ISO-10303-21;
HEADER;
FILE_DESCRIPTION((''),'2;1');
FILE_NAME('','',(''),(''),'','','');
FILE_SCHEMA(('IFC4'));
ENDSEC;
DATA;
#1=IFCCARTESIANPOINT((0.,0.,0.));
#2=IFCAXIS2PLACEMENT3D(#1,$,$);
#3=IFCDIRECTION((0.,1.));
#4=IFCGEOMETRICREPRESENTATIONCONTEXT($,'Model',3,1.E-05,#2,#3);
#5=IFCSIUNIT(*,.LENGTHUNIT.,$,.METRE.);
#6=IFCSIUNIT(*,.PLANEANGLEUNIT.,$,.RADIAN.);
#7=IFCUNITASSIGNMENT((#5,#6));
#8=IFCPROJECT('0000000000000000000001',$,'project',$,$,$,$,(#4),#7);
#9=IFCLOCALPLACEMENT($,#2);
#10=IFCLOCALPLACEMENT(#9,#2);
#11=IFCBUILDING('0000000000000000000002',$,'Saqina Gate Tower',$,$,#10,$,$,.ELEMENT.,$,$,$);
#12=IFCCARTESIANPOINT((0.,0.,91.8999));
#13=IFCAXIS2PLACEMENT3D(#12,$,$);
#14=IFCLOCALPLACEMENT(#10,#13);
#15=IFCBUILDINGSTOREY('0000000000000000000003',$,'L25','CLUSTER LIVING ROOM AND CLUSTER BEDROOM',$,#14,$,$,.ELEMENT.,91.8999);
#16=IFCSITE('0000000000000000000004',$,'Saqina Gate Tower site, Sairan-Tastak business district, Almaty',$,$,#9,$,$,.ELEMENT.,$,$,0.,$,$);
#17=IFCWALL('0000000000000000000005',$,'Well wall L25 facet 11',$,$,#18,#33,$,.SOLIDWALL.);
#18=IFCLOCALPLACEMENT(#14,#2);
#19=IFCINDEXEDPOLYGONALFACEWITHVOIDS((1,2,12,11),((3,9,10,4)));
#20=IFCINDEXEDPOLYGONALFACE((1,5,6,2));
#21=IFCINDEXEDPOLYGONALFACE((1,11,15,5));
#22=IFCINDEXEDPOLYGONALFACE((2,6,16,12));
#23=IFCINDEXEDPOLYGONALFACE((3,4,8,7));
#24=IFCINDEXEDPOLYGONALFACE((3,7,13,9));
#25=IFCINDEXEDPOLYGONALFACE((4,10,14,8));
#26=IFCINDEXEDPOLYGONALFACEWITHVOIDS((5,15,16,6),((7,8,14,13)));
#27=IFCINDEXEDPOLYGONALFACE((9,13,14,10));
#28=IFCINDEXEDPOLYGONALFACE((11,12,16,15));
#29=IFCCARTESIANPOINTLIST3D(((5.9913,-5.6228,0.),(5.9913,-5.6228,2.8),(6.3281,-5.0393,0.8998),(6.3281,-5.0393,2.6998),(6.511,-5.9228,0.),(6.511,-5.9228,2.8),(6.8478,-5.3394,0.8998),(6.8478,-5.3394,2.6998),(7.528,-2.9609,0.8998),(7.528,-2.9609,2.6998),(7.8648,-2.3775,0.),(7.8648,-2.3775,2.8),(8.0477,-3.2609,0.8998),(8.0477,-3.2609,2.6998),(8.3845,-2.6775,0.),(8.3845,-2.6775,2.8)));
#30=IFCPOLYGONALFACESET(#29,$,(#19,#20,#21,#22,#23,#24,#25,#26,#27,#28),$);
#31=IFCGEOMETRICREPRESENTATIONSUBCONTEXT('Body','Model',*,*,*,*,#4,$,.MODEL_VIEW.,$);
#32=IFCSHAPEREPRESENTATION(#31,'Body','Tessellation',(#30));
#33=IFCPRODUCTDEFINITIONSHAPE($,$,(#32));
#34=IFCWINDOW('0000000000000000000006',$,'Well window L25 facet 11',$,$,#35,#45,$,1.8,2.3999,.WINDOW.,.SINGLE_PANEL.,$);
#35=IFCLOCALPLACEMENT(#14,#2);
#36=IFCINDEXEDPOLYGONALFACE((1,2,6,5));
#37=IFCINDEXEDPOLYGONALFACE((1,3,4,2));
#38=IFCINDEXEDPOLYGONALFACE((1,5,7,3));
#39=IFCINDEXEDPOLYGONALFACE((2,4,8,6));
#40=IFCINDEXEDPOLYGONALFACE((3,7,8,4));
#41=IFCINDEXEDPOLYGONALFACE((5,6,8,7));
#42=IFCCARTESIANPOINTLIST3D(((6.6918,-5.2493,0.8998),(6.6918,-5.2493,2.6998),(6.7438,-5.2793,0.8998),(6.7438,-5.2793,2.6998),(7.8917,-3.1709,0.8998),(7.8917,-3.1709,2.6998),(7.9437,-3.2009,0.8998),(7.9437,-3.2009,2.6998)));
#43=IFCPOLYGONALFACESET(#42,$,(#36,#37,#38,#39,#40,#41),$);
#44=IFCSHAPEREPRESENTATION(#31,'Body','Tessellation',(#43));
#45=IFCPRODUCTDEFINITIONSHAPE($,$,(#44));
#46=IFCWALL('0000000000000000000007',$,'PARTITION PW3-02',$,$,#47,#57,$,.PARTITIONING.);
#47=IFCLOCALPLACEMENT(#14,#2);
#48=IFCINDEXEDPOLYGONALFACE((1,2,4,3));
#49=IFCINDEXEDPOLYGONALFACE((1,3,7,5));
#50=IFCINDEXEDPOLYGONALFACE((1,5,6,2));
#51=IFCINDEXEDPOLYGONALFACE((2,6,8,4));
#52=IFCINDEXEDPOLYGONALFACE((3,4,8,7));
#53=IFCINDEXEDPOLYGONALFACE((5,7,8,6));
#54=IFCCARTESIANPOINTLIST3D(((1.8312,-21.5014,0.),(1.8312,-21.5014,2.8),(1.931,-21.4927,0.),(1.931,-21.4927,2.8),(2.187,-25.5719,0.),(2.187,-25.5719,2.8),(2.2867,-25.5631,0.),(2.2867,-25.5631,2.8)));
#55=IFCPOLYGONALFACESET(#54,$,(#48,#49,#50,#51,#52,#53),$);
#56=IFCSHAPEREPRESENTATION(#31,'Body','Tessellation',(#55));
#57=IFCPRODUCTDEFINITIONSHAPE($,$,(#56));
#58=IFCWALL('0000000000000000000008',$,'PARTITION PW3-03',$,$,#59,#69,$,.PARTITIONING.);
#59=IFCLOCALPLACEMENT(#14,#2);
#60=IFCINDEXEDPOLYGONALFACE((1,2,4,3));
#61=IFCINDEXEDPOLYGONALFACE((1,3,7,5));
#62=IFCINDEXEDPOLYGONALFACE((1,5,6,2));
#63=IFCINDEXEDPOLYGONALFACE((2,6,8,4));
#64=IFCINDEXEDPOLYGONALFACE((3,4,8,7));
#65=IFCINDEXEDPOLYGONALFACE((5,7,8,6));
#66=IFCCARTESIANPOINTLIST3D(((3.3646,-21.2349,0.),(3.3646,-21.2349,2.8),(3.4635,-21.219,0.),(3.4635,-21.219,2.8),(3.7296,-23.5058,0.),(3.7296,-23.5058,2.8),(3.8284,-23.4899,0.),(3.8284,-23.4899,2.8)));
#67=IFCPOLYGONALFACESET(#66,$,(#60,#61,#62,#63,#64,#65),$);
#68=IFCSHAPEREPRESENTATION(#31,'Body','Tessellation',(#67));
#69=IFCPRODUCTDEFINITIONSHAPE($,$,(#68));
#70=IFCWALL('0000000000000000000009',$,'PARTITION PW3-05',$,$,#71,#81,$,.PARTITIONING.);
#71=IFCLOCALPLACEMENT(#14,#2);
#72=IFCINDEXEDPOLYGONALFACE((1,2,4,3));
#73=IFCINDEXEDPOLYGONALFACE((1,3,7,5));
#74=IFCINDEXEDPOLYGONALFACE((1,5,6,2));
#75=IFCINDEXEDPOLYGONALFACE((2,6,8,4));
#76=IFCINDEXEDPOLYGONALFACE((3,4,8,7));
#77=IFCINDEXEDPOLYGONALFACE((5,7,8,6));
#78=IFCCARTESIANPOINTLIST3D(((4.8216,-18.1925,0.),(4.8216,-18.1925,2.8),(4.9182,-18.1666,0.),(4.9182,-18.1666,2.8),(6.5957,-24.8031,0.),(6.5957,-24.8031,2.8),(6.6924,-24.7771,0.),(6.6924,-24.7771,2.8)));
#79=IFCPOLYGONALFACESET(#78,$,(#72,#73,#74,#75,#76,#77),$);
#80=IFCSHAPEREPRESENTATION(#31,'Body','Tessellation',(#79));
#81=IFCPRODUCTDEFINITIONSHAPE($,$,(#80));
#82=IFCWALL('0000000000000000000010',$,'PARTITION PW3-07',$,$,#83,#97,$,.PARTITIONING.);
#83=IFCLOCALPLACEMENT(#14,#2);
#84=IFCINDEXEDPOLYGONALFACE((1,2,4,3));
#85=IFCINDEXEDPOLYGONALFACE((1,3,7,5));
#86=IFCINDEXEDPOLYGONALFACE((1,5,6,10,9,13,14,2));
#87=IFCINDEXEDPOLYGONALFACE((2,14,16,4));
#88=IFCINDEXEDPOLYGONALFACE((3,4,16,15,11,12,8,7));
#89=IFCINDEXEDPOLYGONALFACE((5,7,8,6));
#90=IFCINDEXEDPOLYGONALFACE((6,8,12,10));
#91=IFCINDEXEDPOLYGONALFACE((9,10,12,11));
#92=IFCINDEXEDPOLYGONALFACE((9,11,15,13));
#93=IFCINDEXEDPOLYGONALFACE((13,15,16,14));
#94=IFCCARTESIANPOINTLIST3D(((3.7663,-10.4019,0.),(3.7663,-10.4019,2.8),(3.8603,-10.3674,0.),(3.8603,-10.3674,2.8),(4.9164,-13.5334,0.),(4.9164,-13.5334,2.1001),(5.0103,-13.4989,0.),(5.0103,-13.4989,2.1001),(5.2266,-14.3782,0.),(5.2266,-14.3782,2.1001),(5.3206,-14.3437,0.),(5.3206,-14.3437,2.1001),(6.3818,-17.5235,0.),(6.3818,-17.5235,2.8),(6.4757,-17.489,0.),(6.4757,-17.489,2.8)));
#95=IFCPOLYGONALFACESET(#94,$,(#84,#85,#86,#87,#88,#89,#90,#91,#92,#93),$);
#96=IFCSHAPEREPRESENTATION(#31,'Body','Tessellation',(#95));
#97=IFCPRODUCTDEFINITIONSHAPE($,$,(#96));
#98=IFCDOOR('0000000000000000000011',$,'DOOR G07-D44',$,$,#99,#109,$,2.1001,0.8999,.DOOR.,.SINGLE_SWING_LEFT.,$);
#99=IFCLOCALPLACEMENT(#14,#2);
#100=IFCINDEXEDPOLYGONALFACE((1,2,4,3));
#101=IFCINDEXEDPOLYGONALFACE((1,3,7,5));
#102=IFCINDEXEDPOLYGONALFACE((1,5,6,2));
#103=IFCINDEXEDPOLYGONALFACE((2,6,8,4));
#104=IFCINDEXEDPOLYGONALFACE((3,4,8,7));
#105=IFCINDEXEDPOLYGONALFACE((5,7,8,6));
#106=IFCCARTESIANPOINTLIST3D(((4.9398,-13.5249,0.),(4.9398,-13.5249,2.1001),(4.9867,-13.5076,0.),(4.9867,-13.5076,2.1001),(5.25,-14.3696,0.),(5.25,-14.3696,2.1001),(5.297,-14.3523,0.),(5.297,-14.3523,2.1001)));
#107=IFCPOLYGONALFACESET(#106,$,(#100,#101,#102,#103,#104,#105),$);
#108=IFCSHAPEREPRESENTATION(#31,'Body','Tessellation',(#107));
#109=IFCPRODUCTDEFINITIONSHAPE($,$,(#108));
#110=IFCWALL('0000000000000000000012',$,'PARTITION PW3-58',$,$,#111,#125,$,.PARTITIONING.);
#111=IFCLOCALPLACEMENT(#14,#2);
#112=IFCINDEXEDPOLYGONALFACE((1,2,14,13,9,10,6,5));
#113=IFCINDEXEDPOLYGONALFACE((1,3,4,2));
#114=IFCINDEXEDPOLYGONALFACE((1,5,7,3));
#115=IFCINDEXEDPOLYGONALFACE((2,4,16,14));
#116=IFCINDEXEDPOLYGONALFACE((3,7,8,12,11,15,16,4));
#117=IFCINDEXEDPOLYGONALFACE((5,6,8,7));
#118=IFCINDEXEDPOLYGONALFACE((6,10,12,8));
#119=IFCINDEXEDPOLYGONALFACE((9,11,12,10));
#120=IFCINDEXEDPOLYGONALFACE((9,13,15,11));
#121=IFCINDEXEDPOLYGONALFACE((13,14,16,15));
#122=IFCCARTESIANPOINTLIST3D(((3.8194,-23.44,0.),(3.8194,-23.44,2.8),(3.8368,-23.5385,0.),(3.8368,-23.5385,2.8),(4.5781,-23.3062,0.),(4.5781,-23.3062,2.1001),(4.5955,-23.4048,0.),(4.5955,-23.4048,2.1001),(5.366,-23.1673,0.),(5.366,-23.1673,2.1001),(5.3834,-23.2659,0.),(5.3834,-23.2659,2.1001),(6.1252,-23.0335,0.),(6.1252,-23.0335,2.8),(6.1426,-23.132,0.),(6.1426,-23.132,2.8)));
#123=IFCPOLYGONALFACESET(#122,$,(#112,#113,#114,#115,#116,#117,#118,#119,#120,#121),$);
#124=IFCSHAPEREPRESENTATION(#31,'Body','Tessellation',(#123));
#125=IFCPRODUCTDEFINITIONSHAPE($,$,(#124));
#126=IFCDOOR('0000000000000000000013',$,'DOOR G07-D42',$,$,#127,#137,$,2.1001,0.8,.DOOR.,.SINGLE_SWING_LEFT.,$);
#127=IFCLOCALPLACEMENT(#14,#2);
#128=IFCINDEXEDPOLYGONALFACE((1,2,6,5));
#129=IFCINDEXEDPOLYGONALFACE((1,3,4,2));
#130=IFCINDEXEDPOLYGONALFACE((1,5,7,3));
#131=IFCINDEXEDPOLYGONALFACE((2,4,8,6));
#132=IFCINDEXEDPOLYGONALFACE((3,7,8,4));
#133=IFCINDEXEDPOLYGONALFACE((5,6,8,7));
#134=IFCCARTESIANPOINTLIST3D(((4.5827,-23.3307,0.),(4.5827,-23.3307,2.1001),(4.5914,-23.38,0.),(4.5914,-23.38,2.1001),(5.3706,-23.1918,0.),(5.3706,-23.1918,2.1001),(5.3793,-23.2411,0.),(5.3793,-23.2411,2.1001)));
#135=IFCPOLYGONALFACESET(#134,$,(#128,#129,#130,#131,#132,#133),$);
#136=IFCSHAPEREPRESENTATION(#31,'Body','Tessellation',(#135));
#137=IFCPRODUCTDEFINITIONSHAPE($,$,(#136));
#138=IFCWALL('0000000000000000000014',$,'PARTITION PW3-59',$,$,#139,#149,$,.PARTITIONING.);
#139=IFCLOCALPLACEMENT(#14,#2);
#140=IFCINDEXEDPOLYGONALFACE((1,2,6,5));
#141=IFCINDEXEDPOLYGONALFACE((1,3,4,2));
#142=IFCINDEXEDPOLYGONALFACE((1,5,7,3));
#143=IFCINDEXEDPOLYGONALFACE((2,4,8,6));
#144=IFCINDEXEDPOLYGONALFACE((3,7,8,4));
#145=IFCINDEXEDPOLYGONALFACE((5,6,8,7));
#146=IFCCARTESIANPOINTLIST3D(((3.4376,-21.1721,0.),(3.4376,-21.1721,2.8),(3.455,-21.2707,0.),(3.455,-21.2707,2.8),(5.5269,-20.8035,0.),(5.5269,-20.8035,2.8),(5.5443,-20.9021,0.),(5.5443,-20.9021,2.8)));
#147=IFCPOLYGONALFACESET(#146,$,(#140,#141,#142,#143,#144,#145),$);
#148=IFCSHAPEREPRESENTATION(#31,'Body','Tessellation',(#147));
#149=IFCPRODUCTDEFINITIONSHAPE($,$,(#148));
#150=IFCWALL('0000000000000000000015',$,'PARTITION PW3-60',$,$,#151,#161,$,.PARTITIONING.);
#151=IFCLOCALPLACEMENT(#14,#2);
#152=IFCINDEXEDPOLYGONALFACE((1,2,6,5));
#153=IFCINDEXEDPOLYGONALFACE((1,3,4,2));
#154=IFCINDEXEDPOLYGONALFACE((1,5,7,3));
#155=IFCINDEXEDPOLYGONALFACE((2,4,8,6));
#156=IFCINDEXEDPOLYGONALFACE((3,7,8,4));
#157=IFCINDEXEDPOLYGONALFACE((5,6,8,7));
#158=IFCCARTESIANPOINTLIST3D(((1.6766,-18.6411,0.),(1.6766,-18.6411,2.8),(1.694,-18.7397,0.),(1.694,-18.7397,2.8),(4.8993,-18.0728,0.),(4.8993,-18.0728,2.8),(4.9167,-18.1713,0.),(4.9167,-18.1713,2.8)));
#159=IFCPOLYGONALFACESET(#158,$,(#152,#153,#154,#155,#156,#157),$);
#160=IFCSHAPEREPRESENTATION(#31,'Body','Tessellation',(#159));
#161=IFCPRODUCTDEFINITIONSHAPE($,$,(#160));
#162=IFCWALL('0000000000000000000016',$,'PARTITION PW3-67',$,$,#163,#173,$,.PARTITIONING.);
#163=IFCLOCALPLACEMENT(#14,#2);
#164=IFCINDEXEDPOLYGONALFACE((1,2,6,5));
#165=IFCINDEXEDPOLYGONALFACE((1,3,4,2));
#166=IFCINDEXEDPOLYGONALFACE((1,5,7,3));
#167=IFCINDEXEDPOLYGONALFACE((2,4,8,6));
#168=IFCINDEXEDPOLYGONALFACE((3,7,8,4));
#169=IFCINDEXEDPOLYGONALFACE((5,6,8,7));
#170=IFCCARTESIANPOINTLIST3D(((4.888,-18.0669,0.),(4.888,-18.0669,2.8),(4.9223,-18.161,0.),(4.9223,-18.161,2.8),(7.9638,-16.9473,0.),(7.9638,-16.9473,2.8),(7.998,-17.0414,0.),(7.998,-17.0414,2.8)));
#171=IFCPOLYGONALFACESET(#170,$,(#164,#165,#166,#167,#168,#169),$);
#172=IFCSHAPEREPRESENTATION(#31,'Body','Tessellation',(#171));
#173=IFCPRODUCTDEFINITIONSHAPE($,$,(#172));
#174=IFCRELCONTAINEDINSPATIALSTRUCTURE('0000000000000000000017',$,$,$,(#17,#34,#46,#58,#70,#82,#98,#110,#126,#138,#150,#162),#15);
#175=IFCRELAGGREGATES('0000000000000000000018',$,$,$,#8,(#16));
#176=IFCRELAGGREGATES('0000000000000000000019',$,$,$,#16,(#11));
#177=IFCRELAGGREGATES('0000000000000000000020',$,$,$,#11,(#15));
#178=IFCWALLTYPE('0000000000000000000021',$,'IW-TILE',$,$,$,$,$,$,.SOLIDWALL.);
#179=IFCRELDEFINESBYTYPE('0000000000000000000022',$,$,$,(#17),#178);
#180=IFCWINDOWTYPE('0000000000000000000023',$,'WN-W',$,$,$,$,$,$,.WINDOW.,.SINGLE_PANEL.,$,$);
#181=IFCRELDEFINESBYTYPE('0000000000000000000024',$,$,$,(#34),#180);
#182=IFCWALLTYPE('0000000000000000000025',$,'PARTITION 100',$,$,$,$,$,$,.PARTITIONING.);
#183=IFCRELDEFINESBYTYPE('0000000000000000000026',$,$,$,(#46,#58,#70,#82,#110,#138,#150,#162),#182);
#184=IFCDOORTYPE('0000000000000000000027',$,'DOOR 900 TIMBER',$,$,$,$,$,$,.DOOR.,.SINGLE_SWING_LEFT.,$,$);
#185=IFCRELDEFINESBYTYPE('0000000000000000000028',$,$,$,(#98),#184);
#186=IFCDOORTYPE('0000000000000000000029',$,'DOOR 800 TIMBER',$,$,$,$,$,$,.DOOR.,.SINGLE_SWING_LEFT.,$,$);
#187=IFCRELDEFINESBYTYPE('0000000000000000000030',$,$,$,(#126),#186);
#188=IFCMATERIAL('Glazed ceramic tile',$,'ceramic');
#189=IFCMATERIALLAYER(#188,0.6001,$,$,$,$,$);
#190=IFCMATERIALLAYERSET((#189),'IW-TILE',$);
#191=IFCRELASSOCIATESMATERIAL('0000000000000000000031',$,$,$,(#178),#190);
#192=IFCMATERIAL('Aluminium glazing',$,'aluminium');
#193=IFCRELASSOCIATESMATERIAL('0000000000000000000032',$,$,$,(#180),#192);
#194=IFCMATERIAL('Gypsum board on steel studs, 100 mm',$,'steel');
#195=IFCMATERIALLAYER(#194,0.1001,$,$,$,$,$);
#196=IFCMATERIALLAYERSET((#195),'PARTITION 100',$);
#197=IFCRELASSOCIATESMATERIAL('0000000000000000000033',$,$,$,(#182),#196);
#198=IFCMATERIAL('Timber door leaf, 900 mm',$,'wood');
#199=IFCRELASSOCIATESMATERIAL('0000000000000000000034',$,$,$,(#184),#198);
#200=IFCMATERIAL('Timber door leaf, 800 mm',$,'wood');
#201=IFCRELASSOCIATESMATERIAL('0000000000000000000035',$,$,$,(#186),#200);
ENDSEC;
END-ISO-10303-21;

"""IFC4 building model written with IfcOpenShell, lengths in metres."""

from ifc_helpers import new_model, si_unit, direction, frame, frame_2d, origin, place, context, subcontext, project, spatial, rectangle, extrude, material, layer, layer_set, type_object, element, fill, save


model = new_model("IFC4")

# Units and contexts
model_context = context("Model", 3, precision=1e-05, world=origin(), true_north=direction((0.0, 1.0)))
body_context = subcontext(model_context, "Body", "Model", "MODEL_VIEW")
ifc_project = project(units=[si_unit("LENGTHUNIT", "METRE"), si_unit("PLANEANGLEUNIT", "RADIAN")], contexts=[model_context])

# Site, building, storey
site_placement = place(None, origin())
site = spatial("IfcSite", under=ifc_project, at=site_placement, Name="Saqina Gate Tower site, Sairan-Tastak business district, Almaty", CompositionType="ELEMENT", RefElevation=0.0)
building_placement = place(site_placement, origin())
building = spatial("IfcBuilding", under=site, at=building_placement, Name="Saqina Gate Tower", CompositionType="ELEMENT")
storey_placement = place(building_placement, frame((0.0, 0.0, 91.8999)))
storey = spatial("IfcBuildingStorey", under=building, at=storey_placement, Name="L25", Description="CLUSTER LIVING ROOM AND CLUSTER BEDROOM", CompositionType="ELEMENT", Elevation=91.8999)

# Wall, opening, window
ifc_material_1 = material(Name="Glazed ceramic tile", Category="ceramic")
ifc_layer_1 = layer(ifc_material_1, 0.6001)
ifc_layer_set_1 = layer_set([ifc_layer_1], Name="IW-TILE")
wall_type_1 = type_object("IfcWallType", Name="IW-TILE", PredefinedType="SOLIDWALL", material=ifc_layer_set_1)
ifc_material_2 = material(Name="Aluminium glazing", Category="aluminium")
window_type_1 = type_object("IfcWindowType", Name="WN-W", PartitioningType="SINGLE_PANEL", PredefinedType="WINDOW", material=ifc_material_2)
wall_1_placement = place(storey_placement, frame((6.2512, -5.7727, 0.0), z_axis=(0.0, 0.0, 1.0), x_axis=(0.499965, 0.866046, 0.0)))
wall_1 = element("IfcWall", 1, at=wall_1_placement, inside=storey, type_object=wall_type_1, Name="Well wall L25 facet 11", PredefinedType="SOLIDWALL", context=body_context, shape_type="SweptSolid", body=[
    extrude(rectangle(XDim=3.7473, YDim=0.6001, at=frame_2d((1.8735, 0.0))), origin(), (0.0, 0.0, 1.0), 2.8),
])
opening_1_placement = place(wall_1_placement, frame((0.6736, 0.0, 0.8999)))
opening_1 = element("IfcOpeningElement", 2, at=opening_1_placement, cuts=wall_1, PredefinedType="OPENING", context=body_context, shape_type="SweptSolid", body=[
    extrude(rectangle(XDim=2.3999, YDim=1.8, at=frame_2d((1.2, 0.8999))), frame((0.0, 0.312, 0.0), z_axis=(0.0, -1.0, 0.0), x_axis=(1.0, 0.0, 0.0)), (0.0, 0.0, 1.0), 0.624),
])
window_1_placement = place(opening_1_placement, origin())
window_1 = element("IfcWindow", 3, at=window_1_placement, inside=storey, type_object=window_type_1, Name="Well window L25 facet 11", OverallHeight=1.8, OverallWidth=2.3999, PartitioningType="SINGLE_PANEL", PredefinedType="WINDOW", context=body_context, shape_type="SweptSolid", body=[
    extrude(rectangle(XDim=2.3999, YDim=1.8, at=frame_2d((1.2, 0.8999))), frame((0.0, -0.1199, 0.0), z_axis=(0.0, -1.0, 0.0), x_axis=(1.0, 0.0, 0.0)), (0.0, 0.0, 1.0), 0.0601),
])
fill(opening_1, window_1)

# Walls
ifc_material_3 = material(Name="Gypsum board on steel studs, 100 mm", Category="steel")
ifc_layer_2 = layer(ifc_material_3, 0.1001)
ifc_layer_set_2 = layer_set([ifc_layer_2], Name="PARTITION 100")
wall_type_2 = type_object("IfcWallType", Name="PARTITION 100", PredefinedType="PARTITIONING", material=ifc_layer_set_2)
wall_2_placement = place(storey_placement, frame((1.8811, -21.4971, 0.0), z_axis=(0.0, 0.0, 1.0), x_axis=(0.08706, -0.996203, 0.0)))
element("IfcWall", 4, at=wall_2_placement, inside=storey, type_object=wall_type_2, Name="PARTITION PW3-02", PredefinedType="PARTITIONING", context=body_context, shape_type="SweptSolid", body=[
    extrude(rectangle(XDim=4.0859, YDim=0.1001, at=frame_2d((2.043, 0.0))), origin(), (0.0, 0.0, 1.0), 2.8),
])
wall_3_placement = place(storey_placement, frame((3.4141, -21.2271, 0.0), z_axis=(0.0, 0.0, 1.0), x_axis=(0.158682, -0.98733, 0.0)))
element("IfcWall", 5, at=wall_3_placement, inside=storey, type_object=wall_type_2, Name="PARTITION PW3-03", PredefinedType="PARTITIONING", context=body_context, shape_type="SweptSolid", body=[
    extrude(rectangle(XDim=2.3, YDim=0.1001, at=frame_2d((1.1499, 0.0))), origin(), (0.0, 0.0, 1.0), 2.8),
])
wall_4_placement = place(storey_placement, frame((4.8699, -18.1794, 0.0), z_axis=(0.0, 0.0, 1.0), x_axis=(0.25921, -0.965821, 0.0)))
element("IfcWall", 6, at=wall_4_placement, inside=storey, type_object=wall_type_2, Name="PARTITION PW3-05", PredefinedType="PARTITIONING", context=body_context, shape_type="SweptSolid", body=[
    extrude(rectangle(XDim=6.8445, YDim=0.1001, at=frame_2d((3.4224, 0.0))), origin(), (0.0, 0.0, 1.0), 2.8),
])

# Walls, openings, doors
wall_5_placement = place(storey_placement, frame((3.8132, -10.3845, 0.0), z_axis=(0.0, 0.0, 1.0), x_axis=(0.344746, -0.938696, 0.0)))
wall_5 = element("IfcWall", 7, at=wall_5_placement, inside=storey, type_object=wall_type_2, Name="PARTITION PW3-07", PredefinedType="PARTITIONING", context=body_context, shape_type="SweptSolid", body=[
    extrude(rectangle(XDim=7.5867, YDim=0.1001, at=frame_2d((3.7935, 0.0))), origin(), (0.0, 0.0, 1.0), 2.8),
])
opening_2_placement = place(wall_5_placement, frame((3.3362, 0.0, 0.0)))
opening_2 = element("IfcOpeningElement", 8, at=opening_2_placement, cuts=wall_5, PredefinedType="OPENING", context=body_context, shape_type="SweptSolid", body=[
    extrude(rectangle(XDim=0.8999, YDim=2.1001, at=frame_2d((0.45, 1.05))), frame((0.0, 0.062, 0.0), z_axis=(0.0, -1.0, 0.0), x_axis=(1.0, 0.0, 0.0)), (0.0, 0.0, 1.0), 0.124),
])
ifc_material_4 = material(Name="Timber door leaf, 900 mm", Category="wood")
door_type_1 = type_object("IfcDoorType", Name="DOOR 900 TIMBER", OperationType="SINGLE_SWING_LEFT", PredefinedType="DOOR", material=ifc_material_4)
door_1_placement = place(opening_2_placement, origin())
door_1 = element("IfcDoor", 9, at=door_1_placement, inside=storey, type_object=door_type_1, Name="DOOR G07-D44", OperationType="SINGLE_SWING_LEFT", OverallHeight=2.1001, OverallWidth=0.8999, PredefinedType="DOOR", context=body_context, shape_type="SweptSolid", body=[
    extrude(rectangle(XDim=0.8999, YDim=2.1001, at=frame_2d((0.45, 1.05))), frame((0.0, 0.0249, 0.0), z_axis=(0.0, -1.0, 0.0), x_axis=(1.0, 0.0, 0.0)), (0.0, 0.0, 1.0), 0.05),
])
fill(opening_2, door_1)
wall_6_placement = place(storey_placement, frame((3.8281, -23.4893, 0.0), z_axis=(0.0, 0.0, 1.0), x_axis=(0.984812, 0.173625, 0.0)))
wall_6 = element("IfcWall", 10, at=wall_6_placement, inside=storey, type_object=wall_type_2, Name="PARTITION PW3-58", PredefinedType="PARTITIONING", context=body_context, shape_type="SweptSolid", body=[
    extrude(rectangle(XDim=2.3413, YDim=0.1001, at=frame_2d((1.1707, 0.0))), origin(), (0.0, 0.0, 1.0), 2.8),
])
opening_3_placement = place(wall_6_placement, frame((0.7705, 0.0, 0.0)))
opening_3 = element("IfcOpeningElement", 11, at=opening_3_placement, cuts=wall_6, PredefinedType="OPENING", context=body_context, shape_type="SweptSolid", body=[
    extrude(rectangle(XDim=0.8, YDim=2.1001, at=frame_2d((0.3999, 1.05))), frame((0.0, 0.062, 0.0), z_axis=(0.0, -1.0, 0.0), x_axis=(1.0, 0.0, 0.0)), (0.0, 0.0, 1.0), 0.124),
])
ifc_material_5 = material(Name="Timber door leaf, 800 mm", Category="wood")
door_type_2 = type_object("IfcDoorType", Name="DOOR 800 TIMBER", OperationType="SINGLE_SWING_LEFT", PredefinedType="DOOR", material=ifc_material_5)
door_2_placement = place(opening_3_placement, frame((0.8, 0.0, 0.0), z_axis=(0.0, 0.0, 1.0), x_axis=(-1.0, 0.0, 0.0)))
door_2 = element("IfcDoor", 12, at=door_2_placement, inside=storey, type_object=door_type_2, Name="DOOR G07-D42", OperationType="SINGLE_SWING_LEFT", OverallHeight=2.1001, OverallWidth=0.8, PredefinedType="DOOR", context=body_context, shape_type="SweptSolid", body=[
    extrude(rectangle(XDim=0.8, YDim=2.1001, at=frame_2d((0.3999, 1.05))), frame((0.0, 0.0249, 0.0), z_axis=(0.0, -1.0, 0.0), x_axis=(1.0, 0.0, 0.0)), (0.0, 0.0, 1.0), 0.05),
])
fill(opening_3, door_2)

# Walls
wall_7_placement = place(storey_placement, frame((3.4463, -21.2214, 0.0), z_axis=(0.0, 0.0, 1.0), x_axis=(0.984788, 0.173759, 0.0)))
element("IfcWall", 13, at=wall_7_placement, inside=storey, type_object=wall_type_2, Name="PARTITION PW3-59", PredefinedType="PARTITIONING", context=body_context, shape_type="SweptSolid", body=[
    extrude(rectangle(XDim=2.1216, YDim=0.1001, at=frame_2d((1.0608, 0.0))), origin(), (0.0, 0.0, 1.0), 2.8),
])
wall_8_placement = place(storey_placement, frame((1.6853, -18.6904, 0.0), z_axis=(0.0, 0.0, 1.0), x_axis=(0.984802, 0.173683, 0.0)))
element("IfcWall", 14, at=wall_8_placement, inside=storey, type_object=wall_type_2, Name="PARTITION PW3-60", PredefinedType="PARTITIONING", context=body_context, shape_type="SweptSolid", body=[
    extrude(rectangle(XDim=3.2725, YDim=0.1001, at=frame_2d((1.6362, 0.0))), origin(), (0.0, 0.0, 1.0), 2.8),
])
wall_9_placement = place(storey_placement, frame((4.905, -18.114, 0.0), z_axis=(0.0, 0.0, 1.0), x_axis=(0.939676, 0.342066, 0.0)))
element("IfcWall", 15, at=wall_9_placement, inside=storey, type_object=wall_type_2, Name="PARTITION PW3-67", PredefinedType="PARTITIONING", context=body_context, shape_type="SweptSolid", body=[
    extrude(rectangle(XDim=3.2732, YDim=0.1001, at=frame_2d((1.6367, 0.0))), origin(), (0.0, 0.0, 1.0), 2.8),
])

save(model, "model.ifc")
